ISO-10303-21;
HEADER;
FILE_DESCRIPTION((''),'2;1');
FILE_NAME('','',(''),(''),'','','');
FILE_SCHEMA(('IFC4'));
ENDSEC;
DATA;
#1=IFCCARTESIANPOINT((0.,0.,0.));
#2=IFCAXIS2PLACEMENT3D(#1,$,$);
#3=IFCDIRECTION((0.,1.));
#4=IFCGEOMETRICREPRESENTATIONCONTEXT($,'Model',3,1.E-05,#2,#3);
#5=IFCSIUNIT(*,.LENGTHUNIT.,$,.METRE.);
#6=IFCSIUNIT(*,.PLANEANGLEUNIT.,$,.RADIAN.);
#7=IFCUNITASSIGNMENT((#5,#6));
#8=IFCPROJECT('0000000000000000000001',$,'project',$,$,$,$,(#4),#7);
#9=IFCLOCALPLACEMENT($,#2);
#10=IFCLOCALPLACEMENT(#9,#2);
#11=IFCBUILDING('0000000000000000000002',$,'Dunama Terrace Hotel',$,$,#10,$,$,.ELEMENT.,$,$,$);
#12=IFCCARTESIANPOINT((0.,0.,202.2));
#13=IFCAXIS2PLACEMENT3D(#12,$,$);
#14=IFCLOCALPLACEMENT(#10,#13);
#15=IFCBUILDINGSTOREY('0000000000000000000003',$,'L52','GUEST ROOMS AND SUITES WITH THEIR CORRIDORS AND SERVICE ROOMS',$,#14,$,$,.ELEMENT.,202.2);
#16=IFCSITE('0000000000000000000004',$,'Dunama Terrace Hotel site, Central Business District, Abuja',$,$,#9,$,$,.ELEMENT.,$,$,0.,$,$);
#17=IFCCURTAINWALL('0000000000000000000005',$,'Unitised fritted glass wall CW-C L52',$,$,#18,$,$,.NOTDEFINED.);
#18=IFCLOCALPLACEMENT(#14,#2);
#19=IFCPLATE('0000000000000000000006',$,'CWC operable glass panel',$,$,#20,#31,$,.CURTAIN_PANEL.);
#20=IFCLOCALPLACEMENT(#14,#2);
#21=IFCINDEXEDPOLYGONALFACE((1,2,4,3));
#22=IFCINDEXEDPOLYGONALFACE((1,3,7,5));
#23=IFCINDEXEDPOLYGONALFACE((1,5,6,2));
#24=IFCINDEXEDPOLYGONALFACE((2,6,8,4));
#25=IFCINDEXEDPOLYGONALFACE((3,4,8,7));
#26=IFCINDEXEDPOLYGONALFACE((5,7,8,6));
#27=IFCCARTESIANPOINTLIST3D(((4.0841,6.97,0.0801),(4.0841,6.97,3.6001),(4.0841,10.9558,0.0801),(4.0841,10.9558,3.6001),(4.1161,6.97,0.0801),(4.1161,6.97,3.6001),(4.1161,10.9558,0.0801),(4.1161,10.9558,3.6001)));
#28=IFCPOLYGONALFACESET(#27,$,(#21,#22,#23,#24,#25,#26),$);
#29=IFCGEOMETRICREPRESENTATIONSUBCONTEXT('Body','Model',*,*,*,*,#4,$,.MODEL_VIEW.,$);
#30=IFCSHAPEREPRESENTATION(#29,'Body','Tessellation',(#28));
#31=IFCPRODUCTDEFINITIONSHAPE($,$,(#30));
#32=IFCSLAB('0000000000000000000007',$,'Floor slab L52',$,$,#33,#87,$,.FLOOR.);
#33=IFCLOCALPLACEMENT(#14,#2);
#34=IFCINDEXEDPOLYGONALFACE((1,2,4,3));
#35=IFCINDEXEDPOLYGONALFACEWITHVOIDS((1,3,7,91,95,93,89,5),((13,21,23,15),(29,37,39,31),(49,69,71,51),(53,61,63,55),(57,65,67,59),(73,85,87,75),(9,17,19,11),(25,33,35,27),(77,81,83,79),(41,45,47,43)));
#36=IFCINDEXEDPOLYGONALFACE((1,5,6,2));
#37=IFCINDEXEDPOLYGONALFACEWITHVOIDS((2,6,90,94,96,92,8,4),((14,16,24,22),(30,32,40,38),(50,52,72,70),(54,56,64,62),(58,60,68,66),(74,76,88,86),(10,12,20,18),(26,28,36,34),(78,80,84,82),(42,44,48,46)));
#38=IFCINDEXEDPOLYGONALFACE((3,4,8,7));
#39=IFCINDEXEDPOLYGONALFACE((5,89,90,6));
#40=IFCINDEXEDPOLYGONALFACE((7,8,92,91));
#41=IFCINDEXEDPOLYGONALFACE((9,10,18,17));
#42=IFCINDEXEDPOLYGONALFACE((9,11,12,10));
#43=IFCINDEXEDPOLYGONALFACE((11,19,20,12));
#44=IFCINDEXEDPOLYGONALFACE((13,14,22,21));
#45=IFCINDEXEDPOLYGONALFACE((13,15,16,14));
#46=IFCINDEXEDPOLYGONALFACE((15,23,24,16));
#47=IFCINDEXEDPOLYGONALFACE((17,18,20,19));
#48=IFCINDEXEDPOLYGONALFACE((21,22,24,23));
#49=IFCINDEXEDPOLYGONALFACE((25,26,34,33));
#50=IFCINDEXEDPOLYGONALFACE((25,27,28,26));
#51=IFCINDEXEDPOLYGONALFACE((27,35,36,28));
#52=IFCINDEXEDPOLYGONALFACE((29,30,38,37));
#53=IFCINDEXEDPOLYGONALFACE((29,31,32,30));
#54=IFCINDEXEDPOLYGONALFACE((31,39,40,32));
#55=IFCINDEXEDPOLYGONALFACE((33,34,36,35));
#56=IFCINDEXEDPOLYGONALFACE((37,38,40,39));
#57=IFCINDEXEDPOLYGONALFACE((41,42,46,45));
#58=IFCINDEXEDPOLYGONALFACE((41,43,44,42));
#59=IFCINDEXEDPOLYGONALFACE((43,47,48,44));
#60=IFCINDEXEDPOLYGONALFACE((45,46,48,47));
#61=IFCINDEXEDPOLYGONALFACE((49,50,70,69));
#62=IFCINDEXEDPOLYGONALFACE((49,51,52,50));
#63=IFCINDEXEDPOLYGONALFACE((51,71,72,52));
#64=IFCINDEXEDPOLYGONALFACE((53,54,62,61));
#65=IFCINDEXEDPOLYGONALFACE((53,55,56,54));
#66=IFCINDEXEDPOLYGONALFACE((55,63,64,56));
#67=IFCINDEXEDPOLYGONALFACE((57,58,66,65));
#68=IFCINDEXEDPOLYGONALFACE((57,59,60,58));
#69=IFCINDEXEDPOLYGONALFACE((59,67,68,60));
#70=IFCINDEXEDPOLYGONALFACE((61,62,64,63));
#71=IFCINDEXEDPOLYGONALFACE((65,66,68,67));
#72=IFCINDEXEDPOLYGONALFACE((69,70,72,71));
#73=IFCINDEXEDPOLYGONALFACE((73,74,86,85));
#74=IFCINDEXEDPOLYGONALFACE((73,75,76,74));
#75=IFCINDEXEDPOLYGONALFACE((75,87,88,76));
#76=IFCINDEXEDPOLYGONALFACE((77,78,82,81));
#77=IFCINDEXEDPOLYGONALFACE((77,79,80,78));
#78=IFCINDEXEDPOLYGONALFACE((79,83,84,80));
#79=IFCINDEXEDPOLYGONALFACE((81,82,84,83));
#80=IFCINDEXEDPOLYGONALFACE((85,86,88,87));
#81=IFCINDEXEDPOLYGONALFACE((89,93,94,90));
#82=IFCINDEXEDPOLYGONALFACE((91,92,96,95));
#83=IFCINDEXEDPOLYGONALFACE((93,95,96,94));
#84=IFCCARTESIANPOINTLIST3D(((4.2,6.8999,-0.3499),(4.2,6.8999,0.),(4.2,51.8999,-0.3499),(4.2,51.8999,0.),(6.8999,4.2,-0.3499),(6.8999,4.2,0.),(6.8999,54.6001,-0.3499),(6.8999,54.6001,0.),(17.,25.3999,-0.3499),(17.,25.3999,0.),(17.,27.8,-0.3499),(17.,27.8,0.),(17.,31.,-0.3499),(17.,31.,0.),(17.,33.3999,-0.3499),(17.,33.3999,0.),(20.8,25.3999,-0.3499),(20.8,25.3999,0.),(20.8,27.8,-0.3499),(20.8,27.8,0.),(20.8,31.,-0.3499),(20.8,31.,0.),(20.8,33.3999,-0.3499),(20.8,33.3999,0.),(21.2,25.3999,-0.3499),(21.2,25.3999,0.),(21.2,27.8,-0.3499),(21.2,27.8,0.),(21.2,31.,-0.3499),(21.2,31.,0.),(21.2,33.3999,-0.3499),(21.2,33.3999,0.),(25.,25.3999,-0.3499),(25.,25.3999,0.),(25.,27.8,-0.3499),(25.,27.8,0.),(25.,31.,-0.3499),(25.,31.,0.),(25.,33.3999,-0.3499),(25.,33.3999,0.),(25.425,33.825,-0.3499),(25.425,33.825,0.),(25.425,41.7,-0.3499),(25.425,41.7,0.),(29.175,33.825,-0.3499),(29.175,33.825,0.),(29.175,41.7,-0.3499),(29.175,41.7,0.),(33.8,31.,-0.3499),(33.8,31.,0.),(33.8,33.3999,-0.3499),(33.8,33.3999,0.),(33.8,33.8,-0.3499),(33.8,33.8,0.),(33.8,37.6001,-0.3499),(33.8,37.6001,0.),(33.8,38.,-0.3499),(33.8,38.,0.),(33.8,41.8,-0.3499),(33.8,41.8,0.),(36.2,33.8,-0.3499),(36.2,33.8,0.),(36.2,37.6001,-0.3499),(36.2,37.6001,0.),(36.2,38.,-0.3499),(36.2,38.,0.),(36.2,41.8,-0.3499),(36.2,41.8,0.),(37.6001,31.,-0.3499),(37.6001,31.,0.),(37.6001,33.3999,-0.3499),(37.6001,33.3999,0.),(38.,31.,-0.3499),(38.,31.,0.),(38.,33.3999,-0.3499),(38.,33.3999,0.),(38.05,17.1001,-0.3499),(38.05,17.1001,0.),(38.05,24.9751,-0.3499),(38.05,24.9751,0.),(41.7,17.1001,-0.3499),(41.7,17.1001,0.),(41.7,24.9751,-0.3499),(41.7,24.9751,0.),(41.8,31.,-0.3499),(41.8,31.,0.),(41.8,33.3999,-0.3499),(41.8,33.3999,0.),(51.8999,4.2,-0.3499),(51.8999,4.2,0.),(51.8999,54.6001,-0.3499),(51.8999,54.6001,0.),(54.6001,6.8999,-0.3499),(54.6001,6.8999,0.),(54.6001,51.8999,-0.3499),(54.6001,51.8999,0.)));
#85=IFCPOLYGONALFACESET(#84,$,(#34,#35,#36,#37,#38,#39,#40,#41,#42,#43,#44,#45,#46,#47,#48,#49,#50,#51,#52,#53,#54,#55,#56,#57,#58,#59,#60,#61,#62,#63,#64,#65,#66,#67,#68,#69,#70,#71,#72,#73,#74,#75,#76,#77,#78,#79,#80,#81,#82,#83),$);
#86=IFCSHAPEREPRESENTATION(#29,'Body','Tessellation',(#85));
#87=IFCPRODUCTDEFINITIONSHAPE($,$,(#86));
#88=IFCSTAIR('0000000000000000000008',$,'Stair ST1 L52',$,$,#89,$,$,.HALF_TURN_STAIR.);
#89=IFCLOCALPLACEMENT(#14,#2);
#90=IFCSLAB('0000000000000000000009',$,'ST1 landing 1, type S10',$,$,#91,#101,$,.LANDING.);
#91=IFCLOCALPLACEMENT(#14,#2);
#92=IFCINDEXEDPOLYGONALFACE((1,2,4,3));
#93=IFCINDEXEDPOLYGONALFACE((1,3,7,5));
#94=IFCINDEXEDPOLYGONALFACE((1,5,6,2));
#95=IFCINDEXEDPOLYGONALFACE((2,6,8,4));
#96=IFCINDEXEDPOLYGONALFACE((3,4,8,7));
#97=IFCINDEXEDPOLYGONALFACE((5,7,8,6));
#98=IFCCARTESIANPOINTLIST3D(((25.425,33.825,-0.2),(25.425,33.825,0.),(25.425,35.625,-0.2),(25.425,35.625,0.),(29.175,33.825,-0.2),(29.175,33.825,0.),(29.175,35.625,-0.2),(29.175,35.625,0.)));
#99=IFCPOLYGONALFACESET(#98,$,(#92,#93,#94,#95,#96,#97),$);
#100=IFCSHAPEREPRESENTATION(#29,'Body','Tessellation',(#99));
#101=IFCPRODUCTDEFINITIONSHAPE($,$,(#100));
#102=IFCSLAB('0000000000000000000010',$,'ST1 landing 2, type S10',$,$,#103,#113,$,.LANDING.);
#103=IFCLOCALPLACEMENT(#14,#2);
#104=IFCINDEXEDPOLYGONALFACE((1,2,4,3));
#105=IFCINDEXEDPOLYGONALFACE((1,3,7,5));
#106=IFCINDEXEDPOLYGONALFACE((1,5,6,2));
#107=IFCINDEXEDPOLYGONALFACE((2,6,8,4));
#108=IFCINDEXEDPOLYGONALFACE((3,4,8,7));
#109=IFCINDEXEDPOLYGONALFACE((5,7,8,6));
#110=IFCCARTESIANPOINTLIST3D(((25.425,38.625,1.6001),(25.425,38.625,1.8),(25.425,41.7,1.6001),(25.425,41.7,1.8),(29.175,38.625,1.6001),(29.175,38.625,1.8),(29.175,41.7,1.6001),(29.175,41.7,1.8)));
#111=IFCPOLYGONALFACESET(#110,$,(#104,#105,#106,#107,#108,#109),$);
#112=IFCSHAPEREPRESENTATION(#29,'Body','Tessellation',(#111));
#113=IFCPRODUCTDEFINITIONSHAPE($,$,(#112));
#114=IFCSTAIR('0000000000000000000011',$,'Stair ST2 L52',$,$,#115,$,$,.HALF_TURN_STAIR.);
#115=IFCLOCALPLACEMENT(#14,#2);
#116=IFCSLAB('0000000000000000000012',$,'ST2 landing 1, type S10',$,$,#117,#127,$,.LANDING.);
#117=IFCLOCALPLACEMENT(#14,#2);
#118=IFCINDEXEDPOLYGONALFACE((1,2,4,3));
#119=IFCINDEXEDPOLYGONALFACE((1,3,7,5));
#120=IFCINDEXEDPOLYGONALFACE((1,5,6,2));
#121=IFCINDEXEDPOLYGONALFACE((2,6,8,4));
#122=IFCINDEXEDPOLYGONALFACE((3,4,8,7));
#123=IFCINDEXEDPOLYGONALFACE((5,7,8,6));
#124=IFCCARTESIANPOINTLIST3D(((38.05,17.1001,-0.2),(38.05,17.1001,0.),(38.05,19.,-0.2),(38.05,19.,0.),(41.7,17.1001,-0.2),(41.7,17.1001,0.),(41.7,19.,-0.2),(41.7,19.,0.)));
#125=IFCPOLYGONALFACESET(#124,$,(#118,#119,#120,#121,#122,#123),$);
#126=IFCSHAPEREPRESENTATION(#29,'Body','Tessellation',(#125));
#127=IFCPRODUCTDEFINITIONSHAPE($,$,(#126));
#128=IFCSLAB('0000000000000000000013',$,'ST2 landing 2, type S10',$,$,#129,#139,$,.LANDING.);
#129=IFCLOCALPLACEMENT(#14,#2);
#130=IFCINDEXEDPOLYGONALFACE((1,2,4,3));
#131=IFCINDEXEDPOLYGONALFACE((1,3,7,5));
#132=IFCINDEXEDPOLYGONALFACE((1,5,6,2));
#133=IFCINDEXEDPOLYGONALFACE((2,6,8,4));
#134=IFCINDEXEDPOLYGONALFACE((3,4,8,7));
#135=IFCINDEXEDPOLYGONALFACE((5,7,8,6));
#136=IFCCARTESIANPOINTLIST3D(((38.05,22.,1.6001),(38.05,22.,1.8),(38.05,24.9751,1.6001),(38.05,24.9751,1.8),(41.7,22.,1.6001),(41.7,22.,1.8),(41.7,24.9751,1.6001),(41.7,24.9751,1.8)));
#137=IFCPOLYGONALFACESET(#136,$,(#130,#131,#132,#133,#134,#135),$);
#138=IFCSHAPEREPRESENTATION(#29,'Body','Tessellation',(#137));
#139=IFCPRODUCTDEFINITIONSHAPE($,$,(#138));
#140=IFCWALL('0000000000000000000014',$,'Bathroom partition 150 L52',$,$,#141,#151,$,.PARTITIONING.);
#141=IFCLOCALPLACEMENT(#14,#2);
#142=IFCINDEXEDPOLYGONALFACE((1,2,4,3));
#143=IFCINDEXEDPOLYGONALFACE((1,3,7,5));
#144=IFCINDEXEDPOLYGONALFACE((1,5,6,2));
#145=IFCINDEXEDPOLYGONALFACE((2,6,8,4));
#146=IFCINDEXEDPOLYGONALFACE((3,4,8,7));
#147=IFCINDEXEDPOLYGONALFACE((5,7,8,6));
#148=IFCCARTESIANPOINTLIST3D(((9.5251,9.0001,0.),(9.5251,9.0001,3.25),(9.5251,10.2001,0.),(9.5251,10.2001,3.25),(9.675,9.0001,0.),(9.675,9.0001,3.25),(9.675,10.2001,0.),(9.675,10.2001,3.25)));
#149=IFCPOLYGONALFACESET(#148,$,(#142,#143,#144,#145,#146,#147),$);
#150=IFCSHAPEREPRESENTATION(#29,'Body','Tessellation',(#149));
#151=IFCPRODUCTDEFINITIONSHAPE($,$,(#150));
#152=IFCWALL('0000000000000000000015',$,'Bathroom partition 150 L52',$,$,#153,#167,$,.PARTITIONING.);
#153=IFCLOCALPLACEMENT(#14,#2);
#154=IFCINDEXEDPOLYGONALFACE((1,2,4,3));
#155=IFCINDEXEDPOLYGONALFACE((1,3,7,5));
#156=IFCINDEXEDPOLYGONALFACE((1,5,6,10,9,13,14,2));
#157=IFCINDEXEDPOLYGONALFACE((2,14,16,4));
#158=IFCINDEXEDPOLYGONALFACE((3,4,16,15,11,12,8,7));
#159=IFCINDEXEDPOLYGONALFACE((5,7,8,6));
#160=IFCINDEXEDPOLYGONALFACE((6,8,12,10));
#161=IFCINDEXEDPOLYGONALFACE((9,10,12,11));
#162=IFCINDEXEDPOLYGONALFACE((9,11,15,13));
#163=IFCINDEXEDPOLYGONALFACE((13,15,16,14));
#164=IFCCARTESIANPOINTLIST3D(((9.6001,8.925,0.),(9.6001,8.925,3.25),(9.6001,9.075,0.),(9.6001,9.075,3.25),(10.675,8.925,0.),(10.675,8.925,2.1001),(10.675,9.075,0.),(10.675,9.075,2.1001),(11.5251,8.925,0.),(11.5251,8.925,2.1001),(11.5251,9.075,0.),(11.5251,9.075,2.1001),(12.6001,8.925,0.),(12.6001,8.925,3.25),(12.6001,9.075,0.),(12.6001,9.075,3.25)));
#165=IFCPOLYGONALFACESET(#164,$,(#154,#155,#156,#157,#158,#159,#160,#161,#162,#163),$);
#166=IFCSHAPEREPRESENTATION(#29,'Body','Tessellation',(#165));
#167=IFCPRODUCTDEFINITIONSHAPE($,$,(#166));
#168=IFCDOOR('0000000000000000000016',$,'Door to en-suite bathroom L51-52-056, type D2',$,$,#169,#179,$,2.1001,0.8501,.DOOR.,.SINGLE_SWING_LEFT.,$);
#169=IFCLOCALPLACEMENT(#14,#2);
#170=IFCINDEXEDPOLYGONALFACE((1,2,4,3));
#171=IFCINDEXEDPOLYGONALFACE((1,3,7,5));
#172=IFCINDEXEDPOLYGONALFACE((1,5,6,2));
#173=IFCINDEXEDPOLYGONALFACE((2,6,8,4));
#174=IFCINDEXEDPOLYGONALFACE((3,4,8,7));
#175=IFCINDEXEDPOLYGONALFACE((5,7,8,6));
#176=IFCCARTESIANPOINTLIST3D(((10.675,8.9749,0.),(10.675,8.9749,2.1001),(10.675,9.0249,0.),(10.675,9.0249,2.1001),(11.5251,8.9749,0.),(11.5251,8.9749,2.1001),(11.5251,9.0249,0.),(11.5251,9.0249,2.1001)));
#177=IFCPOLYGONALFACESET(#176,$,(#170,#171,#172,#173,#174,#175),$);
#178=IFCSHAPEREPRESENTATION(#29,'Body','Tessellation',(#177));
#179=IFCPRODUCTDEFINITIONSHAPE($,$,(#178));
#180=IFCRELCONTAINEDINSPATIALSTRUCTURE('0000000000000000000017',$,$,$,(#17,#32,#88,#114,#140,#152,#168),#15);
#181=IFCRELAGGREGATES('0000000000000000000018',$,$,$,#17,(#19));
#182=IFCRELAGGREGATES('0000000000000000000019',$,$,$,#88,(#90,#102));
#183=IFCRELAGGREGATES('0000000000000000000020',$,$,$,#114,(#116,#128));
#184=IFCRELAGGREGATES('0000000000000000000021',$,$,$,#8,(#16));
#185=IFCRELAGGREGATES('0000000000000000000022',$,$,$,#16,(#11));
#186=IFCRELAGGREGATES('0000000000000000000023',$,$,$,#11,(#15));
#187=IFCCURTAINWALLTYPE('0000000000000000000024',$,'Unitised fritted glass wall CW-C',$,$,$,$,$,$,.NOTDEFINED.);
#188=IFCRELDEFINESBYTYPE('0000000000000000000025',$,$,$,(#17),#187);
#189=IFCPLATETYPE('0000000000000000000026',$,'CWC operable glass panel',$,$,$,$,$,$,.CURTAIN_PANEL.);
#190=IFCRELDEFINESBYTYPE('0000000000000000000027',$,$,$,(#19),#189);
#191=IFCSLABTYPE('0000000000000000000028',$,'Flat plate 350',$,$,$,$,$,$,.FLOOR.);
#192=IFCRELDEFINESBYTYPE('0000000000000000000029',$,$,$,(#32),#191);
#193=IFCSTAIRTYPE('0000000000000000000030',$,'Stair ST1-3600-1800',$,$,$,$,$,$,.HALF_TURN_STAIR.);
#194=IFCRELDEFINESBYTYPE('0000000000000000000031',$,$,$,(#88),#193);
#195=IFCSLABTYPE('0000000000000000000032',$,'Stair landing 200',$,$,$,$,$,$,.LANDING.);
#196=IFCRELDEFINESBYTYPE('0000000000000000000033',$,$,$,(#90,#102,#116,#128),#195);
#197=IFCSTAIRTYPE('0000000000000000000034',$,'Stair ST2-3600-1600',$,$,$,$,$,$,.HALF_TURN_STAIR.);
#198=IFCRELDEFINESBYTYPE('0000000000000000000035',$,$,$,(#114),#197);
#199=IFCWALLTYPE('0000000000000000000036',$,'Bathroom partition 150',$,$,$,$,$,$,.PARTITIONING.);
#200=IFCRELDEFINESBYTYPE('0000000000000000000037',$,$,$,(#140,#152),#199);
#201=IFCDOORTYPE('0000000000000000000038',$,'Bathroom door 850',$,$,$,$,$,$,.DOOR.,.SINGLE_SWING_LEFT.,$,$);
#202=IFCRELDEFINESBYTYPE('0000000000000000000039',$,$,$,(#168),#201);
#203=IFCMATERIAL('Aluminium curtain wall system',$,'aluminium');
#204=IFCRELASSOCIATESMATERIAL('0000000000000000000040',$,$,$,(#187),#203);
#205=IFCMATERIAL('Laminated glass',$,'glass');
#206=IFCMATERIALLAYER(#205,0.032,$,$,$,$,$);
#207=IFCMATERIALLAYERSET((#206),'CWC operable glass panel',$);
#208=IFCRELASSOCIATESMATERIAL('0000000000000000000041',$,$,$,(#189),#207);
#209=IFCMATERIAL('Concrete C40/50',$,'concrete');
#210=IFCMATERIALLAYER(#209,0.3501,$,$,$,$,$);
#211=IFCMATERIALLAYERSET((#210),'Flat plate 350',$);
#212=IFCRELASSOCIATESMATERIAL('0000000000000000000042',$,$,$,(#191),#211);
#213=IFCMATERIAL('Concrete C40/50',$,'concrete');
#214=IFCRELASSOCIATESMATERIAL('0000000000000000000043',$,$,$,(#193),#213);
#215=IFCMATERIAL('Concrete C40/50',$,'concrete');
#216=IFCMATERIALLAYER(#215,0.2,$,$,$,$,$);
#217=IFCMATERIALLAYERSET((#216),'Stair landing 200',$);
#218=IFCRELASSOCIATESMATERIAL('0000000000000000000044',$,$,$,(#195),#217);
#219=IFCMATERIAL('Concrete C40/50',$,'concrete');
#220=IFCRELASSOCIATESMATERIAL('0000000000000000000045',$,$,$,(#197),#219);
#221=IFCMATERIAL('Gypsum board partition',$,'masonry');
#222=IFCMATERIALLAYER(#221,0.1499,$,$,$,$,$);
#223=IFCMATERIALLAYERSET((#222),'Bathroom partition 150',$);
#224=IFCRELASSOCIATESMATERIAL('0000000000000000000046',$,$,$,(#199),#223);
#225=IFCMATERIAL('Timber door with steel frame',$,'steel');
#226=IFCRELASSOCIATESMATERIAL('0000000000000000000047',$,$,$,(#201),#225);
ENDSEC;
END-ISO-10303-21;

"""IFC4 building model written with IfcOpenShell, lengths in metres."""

from ifc_helpers import new_model, si_unit, direction, frame, frame_2d, origin, origin_2d, place, context, subcontext, project, spatial, polyline, rectangle, outline, extrude, material, layer, layer_set, type_object, element, fill, aggregate, save


model = new_model("IFC4")

# Units and contexts
model_context = context("Model", 3, precision=1e-05, world=origin(), true_north=direction((0.0, 1.0)))
body_context = subcontext(model_context, "Body", "Model", "MODEL_VIEW")
ifc_project = project(units=[si_unit("LENGTHUNIT", "METRE"), si_unit("PLANEANGLEUNIT", "RADIAN")], contexts=[model_context])

# Site, building, storey
site_placement = place(None, origin())
site = spatial("IfcSite", under=ifc_project, at=site_placement, Name="Dunama Terrace Hotel site, Central Business District, Abuja", CompositionType="ELEMENT", RefElevation=0.0)
building_placement = place(site_placement, origin())
building = spatial("IfcBuilding", under=site, at=building_placement, Name="Dunama Terrace Hotel", CompositionType="ELEMENT")
storey_placement = place(building_placement, frame((0.0, 0.0, 202.2)))
storey = spatial("IfcBuildingStorey", under=building, at=storey_placement, Name="L52", Description="GUEST ROOMS AND SUITES WITH THEIR CORRIDORS AND SERVICE ROOMS", CompositionType="ELEMENT", Elevation=202.2)

# Curtain wall
ifc_material_1 = material(Name="Aluminium curtain wall system", Category="aluminium")
curtain_wall_type = type_object("IfcCurtainWallType", Name="Unitised fritted glass wall CW-C", PredefinedType="NOTDEFINED", material=ifc_material_1)
curtain_wall_1_placement = place(storey_placement, origin())
curtain_wall_1 = element("IfcCurtainWall", 1, at=curtain_wall_1_placement, inside=storey, type_object=curtain_wall_type, Name="Unitised fritted glass wall CW-C L52", PredefinedType="NOTDEFINED")

# Plate
ifc_material_2 = material(Name="Laminated glass", Category="glass")
ifc_layer_1 = layer(ifc_material_2, 0.032)
ifc_layer_set_1 = layer_set([ifc_layer_1], Name="CWC operable glass panel")
plate_type_1 = type_object("IfcPlateType", Name="CWC operable glass panel", PredefinedType="CURTAIN_PANEL", material=ifc_layer_set_1)
plate_1_placement = place(storey_placement, frame((4.1001, 8.9629, 0.0801), z_axis=(0.0, 0.0, 1.0), x_axis=(0.0, -1.0, 0.0)))
plate_1 = element("IfcPlate", 2, at=plate_1_placement, type_object=plate_type_1, Name="CWC operable glass panel", PredefinedType="CURTAIN_PANEL", context=body_context, shape_type="SweptSolid", body=[
    extrude(rectangle(XDim=3.9858, YDim=0.032, at=origin_2d()), origin(), (0.0, 0.0, 1.0), 3.52),
])
aggregate(curtain_wall_1, [plate_1])

# Slab
ifc_material_3 = material(Name="Concrete C40/50", Category="concrete")
ifc_layer_2 = layer(ifc_material_3, 0.3501)
ifc_layer_set_2 = layer_set([ifc_layer_2], Name="Flat plate 350")
slab_type_1 = type_object("IfcSlabType", Name="Flat plate 350", PredefinedType="FLOOR", material=ifc_layer_set_2)
slab_1_placement = place(storey_placement, frame((0.0, 0.0, -0.3499)))
element("IfcSlab", 3, at=slab_1_placement, inside=storey, type_object=slab_type_1, Name="Floor slab L52", PredefinedType="FLOOR", context=body_context, shape_type="SweptSolid", body=[
    extrude(outline(polyline([(6.8999, 4.2), (51.8999, 4.2), (54.6001, 6.8999), (54.6001, 51.8999), (51.8999, 54.6001), (6.8999, 54.6001), (4.2, 51.8999), (4.2, 6.8999), (6.8999, 4.2)]), holes=[polyline([(20.8, 25.3999), (20.8, 27.8), (17.0, 27.8), (17.0, 25.3999), (20.8, 25.3999)]), polyline([(25.0, 25.3999), (25.0, 27.8), (21.2, 27.8), (21.2, 25.3999), (25.0, 25.3999)]), polyline([(20.8, 31.0), (20.8, 33.3999), (17.0, 33.3999), (17.0, 31.0), (20.8, 31.0)]), polyline([(25.0, 31.0), (25.0, 33.3999), (21.2, 33.3999), (21.2, 31.0), (25.0, 31.0)]), polyline([(37.6001, 31.0), (37.6001, 33.3999), (33.8, 33.3999), (33.8, 31.0), (37.6001, 31.0)]), polyline([(41.8, 31.0), (41.8, 33.3999), (38.0, 33.3999), (38.0, 31.0), (41.8, 31.0)]), polyline([(36.2, 38.0), (36.2, 41.8), (33.8, 41.8), (33.8, 38.0), (36.2, 38.0)]), polyline([(36.2, 33.8), (36.2, 37.6001), (33.8, 37.6001), (33.8, 33.8), (36.2, 33.8)]), polyline([(29.175, 33.825), (29.175, 41.7), (25.425, 41.7), (25.425, 33.825), (29.175, 33.825)]), polyline([(41.7, 17.1001), (41.7, 24.9751), (38.05, 24.9751), (38.05, 17.1001), (41.7, 17.1001)])]), origin(), (0.0, 0.0, 1.0), 0.3499),
])

# Stairs, slabs
ifc_material_4 = material(Name="Concrete C40/50", Category="concrete")
stair_type_1 = type_object("IfcStairType", Name="Stair ST1-3600-1800", PredefinedType="HALF_TURN_STAIR", material=ifc_material_4)
stair_1_placement = place(storey_placement, origin())
stair_1 = element("IfcStair", 4, at=stair_1_placement, inside=storey, type_object=stair_type_1, Name="Stair ST1 L52", PredefinedType="HALF_TURN_STAIR")
ifc_material_5 = material(Name="Concrete C40/50", Category="concrete")
ifc_layer_3 = layer(ifc_material_5, 0.2)
ifc_layer_set_3 = layer_set([ifc_layer_3], Name="Stair landing 200")
slab_type_2 = type_object("IfcSlabType", Name="Stair landing 200", PredefinedType="LANDING", material=ifc_layer_set_3)
slab_2_placement = place(storey_placement, frame((0.0, 0.0, -0.2)))
slab_2 = element("IfcSlab", 5, at=slab_2_placement, type_object=slab_type_2, Name="ST1 landing 1, type S10", PredefinedType="LANDING", context=body_context, shape_type="SweptSolid", body=[
    extrude(outline(polyline([(25.425, 33.825), (29.175, 33.825), (29.175, 35.625), (25.425, 35.625), (25.425, 33.825)])), origin(), (0.0, 0.0, 1.0), 0.2),
])
slab_3_placement = place(storey_placement, frame((0.0, 0.0, 1.6001)))
slab_3 = element("IfcSlab", 6, at=slab_3_placement, type_object=slab_type_2, Name="ST1 landing 2, type S10", PredefinedType="LANDING", context=body_context, shape_type="SweptSolid", body=[
    extrude(outline(polyline([(25.425, 38.625), (29.175, 38.625), (29.175, 41.7), (25.425, 41.7), (25.425, 38.625)])), origin(), (0.0, 0.0, 1.0), 0.2),
])
aggregate(stair_1, [slab_2, slab_3])
ifc_material_6 = material(Name="Concrete C40/50", Category="concrete")
stair_type_2 = type_object("IfcStairType", Name="Stair ST2-3600-1600", PredefinedType="HALF_TURN_STAIR", material=ifc_material_6)
stair_2_placement = place(storey_placement, origin())
stair_2 = element("IfcStair", 7, at=stair_2_placement, inside=storey, type_object=stair_type_2, Name="Stair ST2 L52", PredefinedType="HALF_TURN_STAIR")
slab_4_placement = place(storey_placement, frame((0.0, 0.0, -0.2)))
slab_4 = element("IfcSlab", 8, at=slab_4_placement, type_object=slab_type_2, Name="ST2 landing 1, type S10", PredefinedType="LANDING", context=body_context, shape_type="SweptSolid", body=[
    extrude(outline(polyline([(38.05, 17.1001), (41.7, 17.1001), (41.7, 19.0), (38.05, 19.0), (38.05, 17.1001)])), origin(), (0.0, 0.0, 1.0), 0.2),
])
slab_5_placement = place(storey_placement, frame((0.0, 0.0, 1.6001)))
slab_5 = element("IfcSlab", 9, at=slab_5_placement, type_object=slab_type_2, Name="ST2 landing 2, type S10", PredefinedType="LANDING", context=body_context, shape_type="SweptSolid", body=[
    extrude(outline(polyline([(38.05, 22.0), (41.7, 22.0), (41.7, 24.9751), (38.05, 24.9751), (38.05, 22.0)])), origin(), (0.0, 0.0, 1.0), 0.2),
])
aggregate(stair_2, [slab_4, slab_5])

# Wall
ifc_material_7 = material(Name="Gypsum board partition", Category="masonry")
ifc_layer_4 = layer(ifc_material_7, 0.1499)
ifc_layer_set_4 = layer_set([ifc_layer_4], Name="Bathroom partition 150")
wall_type = type_object("IfcWallType", Name="Bathroom partition 150", PredefinedType="PARTITIONING", material=ifc_layer_set_4)
wall_1_placement = place(storey_placement, frame((9.6001, 9.0, 0.0), z_axis=(0.0, 0.0, 1.0), x_axis=(0.0, 1.0, 0.0)))
element("IfcWall", 10, at=wall_1_placement, inside=storey, type_object=wall_type, Name="Bathroom partition 150 L52", PredefinedType="PARTITIONING", context=body_context, shape_type="SweptSolid", body=[
    extrude(rectangle(XDim=1.2, YDim=0.1499, at=frame_2d((0.6001, 0.0))), origin(), (0.0, 0.0, 1.0), 3.25),
])

# Wall, opening, door
wall_2_placement = place(storey_placement, frame((9.6001, 9.0, 0.0), z_axis=(0.0, 0.0, 1.0), x_axis=(1.0, 0.0, 0.0)))
wall_2 = element("IfcWall", 11, at=wall_2_placement, inside=storey, type_object=wall_type, Name="Bathroom partition 150 L52", PredefinedType="PARTITIONING", context=body_context, shape_type="SweptSolid", body=[
    extrude(rectangle(XDim=3.0, YDim=0.1499, at=frame_2d((1.5, 0.0))), origin(), (0.0, 0.0, 1.0), 3.25),
])
opening_placement = place(wall_2_placement, frame((1.075, 0.0, 0.0)))
opening = element("IfcOpeningElement", 12, at=opening_placement, cuts=wall_2, PredefinedType="OPENING", context=body_context, shape_type="SweptSolid", body=[
    extrude(rectangle(XDim=0.8501, YDim=2.1001, at=frame_2d((0.425, 1.05))), frame((0.0, 0.085, 0.0), z_axis=(0.0, -1.0, 0.0), x_axis=(1.0, 0.0, 0.0)), (0.0, 0.0, 1.0), 0.1699),
])
ifc_material_8 = material(Name="Timber door with steel frame", Category="steel")
door_type = type_object("IfcDoorType", Name="Bathroom door 850", OperationType="SINGLE_SWING_LEFT", PredefinedType="DOOR", material=ifc_material_8)
door_placement = place(opening_placement, origin())
door = element("IfcDoor", 13, at=door_placement, inside=storey, type_object=door_type, Name="Door to en-suite bathroom L51-52-056, type D2", OperationType="SINGLE_SWING_LEFT", OverallHeight=2.1001, OverallWidth=0.8501, PredefinedType="DOOR", context=body_context, shape_type="SweptSolid", body=[
    extrude(rectangle(XDim=0.8501, YDim=2.1001, at=frame_2d((0.425, 1.05))), frame((0.0, 0.0249, 0.0), z_axis=(0.0, -1.0, 0.0), x_axis=(1.0, 0.0, 0.0)), (0.0, 0.0, 1.0), 0.05),
])
fill(opening, door)

save(model, "model.ifc")
